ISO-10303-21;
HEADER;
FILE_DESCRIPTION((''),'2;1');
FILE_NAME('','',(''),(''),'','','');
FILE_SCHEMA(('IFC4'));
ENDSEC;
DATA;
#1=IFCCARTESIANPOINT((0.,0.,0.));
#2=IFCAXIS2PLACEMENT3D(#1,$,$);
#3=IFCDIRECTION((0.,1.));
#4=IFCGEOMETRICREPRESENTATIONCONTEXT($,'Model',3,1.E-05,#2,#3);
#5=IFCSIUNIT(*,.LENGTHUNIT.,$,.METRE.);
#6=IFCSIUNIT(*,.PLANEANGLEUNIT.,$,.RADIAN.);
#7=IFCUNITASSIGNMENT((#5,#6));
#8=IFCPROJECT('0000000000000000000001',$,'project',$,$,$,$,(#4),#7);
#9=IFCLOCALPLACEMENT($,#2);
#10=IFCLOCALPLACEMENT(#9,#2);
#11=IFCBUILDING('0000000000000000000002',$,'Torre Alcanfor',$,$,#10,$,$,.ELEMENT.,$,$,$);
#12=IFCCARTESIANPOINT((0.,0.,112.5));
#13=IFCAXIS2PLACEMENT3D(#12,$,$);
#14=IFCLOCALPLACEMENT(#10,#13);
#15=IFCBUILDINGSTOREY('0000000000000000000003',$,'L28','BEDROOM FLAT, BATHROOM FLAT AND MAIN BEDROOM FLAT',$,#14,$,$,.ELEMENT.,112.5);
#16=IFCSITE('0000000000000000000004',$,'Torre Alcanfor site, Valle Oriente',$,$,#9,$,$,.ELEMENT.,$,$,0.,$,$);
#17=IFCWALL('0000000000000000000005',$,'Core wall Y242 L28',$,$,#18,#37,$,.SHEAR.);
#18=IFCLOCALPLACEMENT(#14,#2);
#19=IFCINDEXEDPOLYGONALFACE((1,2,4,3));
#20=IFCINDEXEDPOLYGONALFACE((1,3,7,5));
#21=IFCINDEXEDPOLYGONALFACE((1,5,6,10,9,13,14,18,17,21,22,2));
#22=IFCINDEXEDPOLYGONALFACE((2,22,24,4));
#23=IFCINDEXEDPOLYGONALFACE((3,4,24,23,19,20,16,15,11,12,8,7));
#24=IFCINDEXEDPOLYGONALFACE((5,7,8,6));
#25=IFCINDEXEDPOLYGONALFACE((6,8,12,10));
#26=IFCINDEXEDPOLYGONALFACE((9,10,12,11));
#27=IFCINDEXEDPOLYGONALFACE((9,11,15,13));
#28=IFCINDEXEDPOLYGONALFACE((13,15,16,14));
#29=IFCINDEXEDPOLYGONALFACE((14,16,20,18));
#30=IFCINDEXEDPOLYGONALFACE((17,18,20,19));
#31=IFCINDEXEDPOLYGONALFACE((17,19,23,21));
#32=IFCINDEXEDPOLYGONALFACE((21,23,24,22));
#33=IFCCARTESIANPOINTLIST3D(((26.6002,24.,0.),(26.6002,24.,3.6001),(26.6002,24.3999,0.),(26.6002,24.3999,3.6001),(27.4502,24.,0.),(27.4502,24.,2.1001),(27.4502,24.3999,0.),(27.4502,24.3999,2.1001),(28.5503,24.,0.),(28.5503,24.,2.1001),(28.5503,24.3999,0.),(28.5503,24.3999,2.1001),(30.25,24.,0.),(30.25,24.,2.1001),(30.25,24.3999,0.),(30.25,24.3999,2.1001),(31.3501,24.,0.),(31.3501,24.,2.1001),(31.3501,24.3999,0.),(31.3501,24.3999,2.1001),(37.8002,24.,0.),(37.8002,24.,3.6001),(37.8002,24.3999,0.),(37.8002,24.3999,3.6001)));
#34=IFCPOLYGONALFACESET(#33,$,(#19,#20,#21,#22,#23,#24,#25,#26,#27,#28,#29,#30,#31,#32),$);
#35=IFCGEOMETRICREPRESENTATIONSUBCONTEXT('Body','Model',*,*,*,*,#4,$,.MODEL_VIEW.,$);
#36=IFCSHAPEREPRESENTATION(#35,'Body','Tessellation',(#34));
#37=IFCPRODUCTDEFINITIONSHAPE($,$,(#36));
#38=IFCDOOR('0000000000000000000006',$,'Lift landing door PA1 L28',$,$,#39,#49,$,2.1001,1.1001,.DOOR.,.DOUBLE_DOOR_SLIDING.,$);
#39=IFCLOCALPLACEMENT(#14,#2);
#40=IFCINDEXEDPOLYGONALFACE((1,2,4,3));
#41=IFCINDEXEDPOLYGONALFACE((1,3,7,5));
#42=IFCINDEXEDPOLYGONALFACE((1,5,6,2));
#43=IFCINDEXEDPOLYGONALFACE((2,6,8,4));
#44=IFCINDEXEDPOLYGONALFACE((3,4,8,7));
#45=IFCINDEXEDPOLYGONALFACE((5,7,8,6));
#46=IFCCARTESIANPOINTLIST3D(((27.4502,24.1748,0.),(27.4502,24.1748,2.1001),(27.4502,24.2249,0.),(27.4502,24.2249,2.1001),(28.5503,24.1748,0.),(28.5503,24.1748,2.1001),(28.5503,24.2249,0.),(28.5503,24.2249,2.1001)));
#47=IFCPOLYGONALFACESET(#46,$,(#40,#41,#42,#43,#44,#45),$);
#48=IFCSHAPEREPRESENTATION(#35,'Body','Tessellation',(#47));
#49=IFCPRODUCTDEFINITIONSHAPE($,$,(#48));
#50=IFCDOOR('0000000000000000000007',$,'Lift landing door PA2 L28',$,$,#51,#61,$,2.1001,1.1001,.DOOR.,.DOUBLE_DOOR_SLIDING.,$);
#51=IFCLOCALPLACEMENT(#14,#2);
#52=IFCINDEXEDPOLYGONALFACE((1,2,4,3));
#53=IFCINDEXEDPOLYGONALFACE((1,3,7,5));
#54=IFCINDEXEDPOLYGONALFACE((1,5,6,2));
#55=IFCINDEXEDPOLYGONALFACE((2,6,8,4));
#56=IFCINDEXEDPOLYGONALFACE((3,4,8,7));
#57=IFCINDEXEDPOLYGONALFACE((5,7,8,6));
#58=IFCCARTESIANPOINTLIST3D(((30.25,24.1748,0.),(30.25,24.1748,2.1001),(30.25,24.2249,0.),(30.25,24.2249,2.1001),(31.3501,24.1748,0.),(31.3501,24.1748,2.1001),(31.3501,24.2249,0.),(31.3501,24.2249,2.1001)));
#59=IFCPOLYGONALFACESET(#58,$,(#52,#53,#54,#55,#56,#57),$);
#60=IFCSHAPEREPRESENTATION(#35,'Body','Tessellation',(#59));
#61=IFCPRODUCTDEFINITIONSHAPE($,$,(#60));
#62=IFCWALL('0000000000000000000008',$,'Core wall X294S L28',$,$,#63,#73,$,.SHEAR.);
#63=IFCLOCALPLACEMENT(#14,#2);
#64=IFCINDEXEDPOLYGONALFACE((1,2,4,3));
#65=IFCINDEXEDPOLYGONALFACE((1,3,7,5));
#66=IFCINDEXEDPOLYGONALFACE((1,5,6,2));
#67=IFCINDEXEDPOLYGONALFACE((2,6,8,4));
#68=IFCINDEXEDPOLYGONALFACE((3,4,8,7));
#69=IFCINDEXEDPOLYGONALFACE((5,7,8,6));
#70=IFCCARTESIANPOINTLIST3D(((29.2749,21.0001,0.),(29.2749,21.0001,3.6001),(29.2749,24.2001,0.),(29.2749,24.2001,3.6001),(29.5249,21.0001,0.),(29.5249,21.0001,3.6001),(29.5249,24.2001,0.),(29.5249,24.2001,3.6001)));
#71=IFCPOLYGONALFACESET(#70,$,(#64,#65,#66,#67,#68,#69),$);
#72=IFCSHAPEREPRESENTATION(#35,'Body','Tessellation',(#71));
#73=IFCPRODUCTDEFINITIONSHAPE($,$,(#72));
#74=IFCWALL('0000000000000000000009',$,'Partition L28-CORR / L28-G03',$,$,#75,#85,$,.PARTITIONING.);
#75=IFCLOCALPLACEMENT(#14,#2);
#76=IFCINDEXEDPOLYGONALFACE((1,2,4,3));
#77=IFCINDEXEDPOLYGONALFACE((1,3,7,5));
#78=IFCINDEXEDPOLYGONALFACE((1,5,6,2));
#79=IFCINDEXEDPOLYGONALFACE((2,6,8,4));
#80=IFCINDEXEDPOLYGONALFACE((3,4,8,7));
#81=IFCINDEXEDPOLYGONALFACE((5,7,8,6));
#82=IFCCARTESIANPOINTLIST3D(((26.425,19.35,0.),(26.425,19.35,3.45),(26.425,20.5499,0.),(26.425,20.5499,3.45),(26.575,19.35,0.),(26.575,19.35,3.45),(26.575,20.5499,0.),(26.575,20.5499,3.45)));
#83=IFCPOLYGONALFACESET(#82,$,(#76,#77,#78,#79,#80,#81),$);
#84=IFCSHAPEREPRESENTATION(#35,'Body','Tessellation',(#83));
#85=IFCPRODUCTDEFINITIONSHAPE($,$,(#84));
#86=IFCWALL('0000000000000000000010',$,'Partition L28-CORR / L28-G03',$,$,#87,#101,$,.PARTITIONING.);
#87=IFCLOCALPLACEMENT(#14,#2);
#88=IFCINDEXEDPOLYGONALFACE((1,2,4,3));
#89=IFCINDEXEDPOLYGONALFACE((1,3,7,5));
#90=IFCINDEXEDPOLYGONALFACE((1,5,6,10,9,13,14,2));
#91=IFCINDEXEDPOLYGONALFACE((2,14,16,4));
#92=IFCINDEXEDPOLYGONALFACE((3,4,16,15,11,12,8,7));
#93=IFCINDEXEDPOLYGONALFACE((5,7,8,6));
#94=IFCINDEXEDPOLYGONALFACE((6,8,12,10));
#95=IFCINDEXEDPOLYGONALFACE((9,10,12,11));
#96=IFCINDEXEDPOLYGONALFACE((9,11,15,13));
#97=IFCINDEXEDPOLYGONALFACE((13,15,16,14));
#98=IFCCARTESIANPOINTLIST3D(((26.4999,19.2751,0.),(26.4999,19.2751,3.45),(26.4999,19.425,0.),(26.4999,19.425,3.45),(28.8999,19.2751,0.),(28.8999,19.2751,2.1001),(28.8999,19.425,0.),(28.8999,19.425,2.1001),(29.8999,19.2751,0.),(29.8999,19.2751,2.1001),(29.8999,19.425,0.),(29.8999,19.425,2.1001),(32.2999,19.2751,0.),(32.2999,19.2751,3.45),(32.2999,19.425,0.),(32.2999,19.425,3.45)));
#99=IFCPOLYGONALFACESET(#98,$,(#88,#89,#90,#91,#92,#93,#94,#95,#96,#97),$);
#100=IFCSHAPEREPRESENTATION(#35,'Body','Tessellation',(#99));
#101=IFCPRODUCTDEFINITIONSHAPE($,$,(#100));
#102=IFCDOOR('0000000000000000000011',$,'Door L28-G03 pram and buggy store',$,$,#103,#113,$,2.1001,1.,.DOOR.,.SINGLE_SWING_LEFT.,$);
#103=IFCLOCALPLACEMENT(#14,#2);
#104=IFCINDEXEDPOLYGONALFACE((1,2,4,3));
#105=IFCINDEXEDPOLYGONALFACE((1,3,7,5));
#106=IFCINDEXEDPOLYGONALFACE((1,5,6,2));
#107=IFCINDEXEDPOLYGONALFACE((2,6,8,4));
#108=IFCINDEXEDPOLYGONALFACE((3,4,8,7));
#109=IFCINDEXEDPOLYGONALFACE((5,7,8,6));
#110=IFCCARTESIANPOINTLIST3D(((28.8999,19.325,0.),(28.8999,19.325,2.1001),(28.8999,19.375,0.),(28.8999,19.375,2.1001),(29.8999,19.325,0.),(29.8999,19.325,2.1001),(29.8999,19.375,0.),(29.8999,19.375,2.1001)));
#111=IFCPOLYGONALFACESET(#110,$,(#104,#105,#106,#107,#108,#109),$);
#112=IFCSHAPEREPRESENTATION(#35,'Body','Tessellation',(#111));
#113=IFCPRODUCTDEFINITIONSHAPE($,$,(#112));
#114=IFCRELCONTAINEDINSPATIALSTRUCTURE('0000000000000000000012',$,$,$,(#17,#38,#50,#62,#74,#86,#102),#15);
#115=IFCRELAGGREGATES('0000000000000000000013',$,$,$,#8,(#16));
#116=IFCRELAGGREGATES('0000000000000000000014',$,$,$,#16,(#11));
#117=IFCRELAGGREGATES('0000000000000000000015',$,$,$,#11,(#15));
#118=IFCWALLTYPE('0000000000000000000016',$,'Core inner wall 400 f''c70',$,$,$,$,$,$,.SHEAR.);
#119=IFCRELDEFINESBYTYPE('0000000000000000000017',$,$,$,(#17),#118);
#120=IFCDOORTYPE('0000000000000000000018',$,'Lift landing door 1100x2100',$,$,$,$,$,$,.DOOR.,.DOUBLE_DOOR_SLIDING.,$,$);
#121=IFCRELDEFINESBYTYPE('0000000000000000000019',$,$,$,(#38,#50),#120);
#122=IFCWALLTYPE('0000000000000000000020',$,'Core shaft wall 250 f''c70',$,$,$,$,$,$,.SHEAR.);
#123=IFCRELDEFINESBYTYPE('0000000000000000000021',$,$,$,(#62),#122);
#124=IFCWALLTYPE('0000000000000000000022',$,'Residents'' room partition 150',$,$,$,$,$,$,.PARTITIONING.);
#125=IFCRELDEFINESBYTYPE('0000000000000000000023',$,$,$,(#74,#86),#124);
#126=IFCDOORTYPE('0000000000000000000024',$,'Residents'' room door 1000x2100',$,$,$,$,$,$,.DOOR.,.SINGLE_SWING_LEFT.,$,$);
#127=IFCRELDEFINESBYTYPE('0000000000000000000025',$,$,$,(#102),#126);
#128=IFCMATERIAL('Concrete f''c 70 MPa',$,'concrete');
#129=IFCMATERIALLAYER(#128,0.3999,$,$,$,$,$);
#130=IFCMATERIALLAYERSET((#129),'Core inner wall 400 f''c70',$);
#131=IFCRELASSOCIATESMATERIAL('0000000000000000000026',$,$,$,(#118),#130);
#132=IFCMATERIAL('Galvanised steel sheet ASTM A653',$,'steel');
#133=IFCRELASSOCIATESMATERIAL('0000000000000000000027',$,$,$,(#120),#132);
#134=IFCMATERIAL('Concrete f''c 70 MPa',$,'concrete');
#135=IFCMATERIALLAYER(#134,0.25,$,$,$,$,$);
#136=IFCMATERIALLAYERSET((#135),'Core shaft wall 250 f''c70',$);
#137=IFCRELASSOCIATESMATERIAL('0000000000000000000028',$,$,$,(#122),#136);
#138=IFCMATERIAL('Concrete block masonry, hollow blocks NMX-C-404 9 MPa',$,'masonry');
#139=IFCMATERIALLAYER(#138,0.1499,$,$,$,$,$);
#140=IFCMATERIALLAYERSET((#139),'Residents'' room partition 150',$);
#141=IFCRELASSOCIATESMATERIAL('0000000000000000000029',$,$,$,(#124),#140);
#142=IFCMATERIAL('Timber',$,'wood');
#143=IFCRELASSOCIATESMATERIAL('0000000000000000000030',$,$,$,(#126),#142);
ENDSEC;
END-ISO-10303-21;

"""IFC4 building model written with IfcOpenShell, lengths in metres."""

from ifc_helpers import new_model, si_unit, direction, frame, frame_2d, origin, place, context, subcontext, project, spatial, rectangle, extrude, material, layer, layer_set, type_object, element, fill, save


model = new_model("IFC4")

# Units and contexts
model_context = context("Model", 3, precision=1e-05, world=origin(), true_north=direction((0.0, 1.0)))
body_context = subcontext(model_context, "Body", "Model", "MODEL_VIEW")
ifc_project = project(units=[si_unit("LENGTHUNIT", "METRE"), si_unit("PLANEANGLEUNIT", "RADIAN")], contexts=[model_context])

# Site, building, storey
site_placement = place(None, origin())
site = spatial("IfcSite", under=ifc_project, at=site_placement, Name="Torre Alcanfor site, Valle Oriente", CompositionType="ELEMENT", RefElevation=0.0)
building_placement = place(site_placement, origin())
building = spatial("IfcBuilding", under=site, at=building_placement, Name="Torre Alcanfor", CompositionType="ELEMENT")
storey_placement = place(building_placement, frame((0.0, 0.0, 112.5)))
storey = spatial("IfcBuildingStorey", under=building, at=storey_placement, Name="L28", Description="BEDROOM FLAT, BATHROOM FLAT AND MAIN BEDROOM FLAT", CompositionType="ELEMENT", Elevation=112.5)

# Shared definitions
ifc_material_1 = material(Name="Concrete f'c 70 MPa", Category="concrete")
ifc_layer_1 = layer(ifc_material_1, 0.3999)
ifc_layer_set_1 = layer_set([ifc_layer_1], Name="Core inner wall 400 f'c70")
wall_type_1 = type_object("IfcWallType", Name="Core inner wall 400 f'c70", PredefinedType="SHEAR", material=ifc_layer_set_1)

# Wall, openings, doors
wall_1_placement = place(storey_placement, frame((26.6001, 24.2, 0.0), z_axis=(0.0, 0.0, 1.0), x_axis=(1.0, 0.0, 0.0)))
wall_1 = element("IfcWall", 1, at=wall_1_placement, inside=storey, type_object=wall_type_1, Name="Core wall Y242 L28", PredefinedType="SHEAR", context=body_context, shape_type="SweptSolid", body=[
    extrude(rectangle(XDim=11.2, YDim=0.3999, at=frame_2d((5.6001, 0.0))), origin(), (0.0, 0.0, 1.0), 3.6001),
])
opening_1_placement = place(wall_1_placement, frame((0.8501, 0.0, 0.0)))
opening_1 = element("IfcOpeningElement", 2, at=opening_1_placement, cuts=wall_1, PredefinedType="OPENING", context=body_context, shape_type="SweptSolid", body=[
    extrude(rectangle(XDim=1.1001, YDim=2.1001, at=frame_2d((0.55, 1.05))), frame((0.0, 0.21, 0.0), z_axis=(0.0, -1.0, 0.0), x_axis=(1.0, 0.0, 0.0)), (0.0, 0.0, 1.0), 0.4199),
])
opening_2_placement = place(wall_1_placement, frame((3.6499, 0.0, 0.0)))
opening_2 = element("IfcOpeningElement", 3, at=opening_2_placement, cuts=wall_1, PredefinedType="OPENING", context=body_context, shape_type="SweptSolid", body=[
    extrude(rectangle(XDim=1.1001, YDim=2.1001, at=frame_2d((0.55, 1.05))), frame((0.0, 0.21, 0.0), z_axis=(0.0, -1.0, 0.0), x_axis=(1.0, 0.0, 0.0)), (0.0, 0.0, 1.0), 0.4199),
])
ifc_material_2 = material(Name="Galvanised steel sheet ASTM A653", Category="steel")
door_type_1 = type_object("IfcDoorType", Name="Lift landing door 1100x2100", OperationType="DOUBLE_DOOR_SLIDING", PredefinedType="DOOR", material=ifc_material_2)
door_1_placement = place(opening_1_placement, origin())
door_1 = element("IfcDoor", 4, at=door_1_placement, inside=storey, type_object=door_type_1, Name="Lift landing door PA1 L28", OperationType="DOUBLE_DOOR_SLIDING", OverallHeight=2.1001, OverallWidth=1.1001, PredefinedType="DOOR", context=body_context, shape_type="SweptSolid", body=[
    extrude(rectangle(XDim=1.1001, YDim=2.1001, at=frame_2d((0.55, 1.05))), frame((0.0, 0.0249, 0.0), z_axis=(0.0, -1.0, 0.0), x_axis=(1.0, 0.0, 0.0)), (0.0, 0.0, 1.0), 0.05),
])
fill(opening_1, door_1)
door_2_placement = place(opening_2_placement, origin())
door_2 = element("IfcDoor", 5, at=door_2_placement, inside=storey, type_object=door_type_1, Name="Lift landing door PA2 L28", OperationType="DOUBLE_DOOR_SLIDING", OverallHeight=2.1001, OverallWidth=1.1001, PredefinedType="DOOR", context=body_context, shape_type="SweptSolid", body=[
    extrude(rectangle(XDim=1.1001, YDim=2.1001, at=frame_2d((0.55, 1.05))), frame((0.0, 0.0249, 0.0), z_axis=(0.0, -1.0, 0.0), x_axis=(1.0, 0.0, 0.0)), (0.0, 0.0, 1.0), 0.05),
])
fill(opening_2, door_2)

# Walls
ifc_material_3 = material(Name="Concrete f'c 70 MPa", Category="concrete")
ifc_layer_2 = layer(ifc_material_3, 0.25)
ifc_layer_set_2 = layer_set([ifc_layer_2], Name="Core shaft wall 250 f'c70")
wall_type_2 = type_object("IfcWallType", Name="Core shaft wall 250 f'c70", PredefinedType="SHEAR", material=ifc_layer_set_2)
wall_2_placement = place(storey_placement, frame((29.3999, 21.0, 0.0), z_axis=(0.0, 0.0, 1.0), x_axis=(0.0, 1.0, 0.0)))
element("IfcWall", 6, at=wall_2_placement, inside=storey, type_object=wall_type_2, Name="Core wall X294S L28", PredefinedType="SHEAR", context=body_context, shape_type="SweptSolid", body=[
    extrude(rectangle(XDim=3.2, YDim=0.25, at=frame_2d((1.6001, 0.0))), origin(), (0.0, 0.0, 1.0), 3.6001),
])
ifc_material_4 = material(Name="Concrete block masonry, hollow blocks NMX-C-404 9 MPa", Category="masonry")
ifc_layer_3 = layer(ifc_material_4, 0.1499)
ifc_layer_set_3 = layer_set([ifc_layer_3], Name="Residents' room partition 150")
wall_type_3 = type_object("IfcWallType", Name="Residents' room partition 150", PredefinedType="PARTITIONING", material=ifc_layer_set_3)
wall_3_placement = place(storey_placement, frame((26.5, 20.55, 0.0), z_axis=(0.0, 0.0, 1.0), x_axis=(0.0, -1.0, 0.0)))
element("IfcWall", 7, at=wall_3_placement, inside=storey, type_object=wall_type_3, Name="Partition L28-CORR / L28-G03", PredefinedType="PARTITIONING", context=body_context, shape_type="SweptSolid", body=[
    extrude(rectangle(XDim=1.2, YDim=0.1499, at=frame_2d((0.6001, 0.0))), origin(), (0.0, 0.0, 1.0), 3.45),
])

# Wall, opening, door
wall_4_placement = place(storey_placement, frame((26.5, 19.3501, 0.0), z_axis=(0.0, 0.0, 1.0), x_axis=(1.0, 0.0, 0.0)))
wall_4 = element("IfcWall", 8, at=wall_4_placement, inside=storey, type_object=wall_type_3, Name="Partition L28-CORR / L28-G03", PredefinedType="PARTITIONING", context=body_context, shape_type="SweptSolid", body=[
    extrude(rectangle(XDim=5.8, YDim=0.1499, at=frame_2d((2.8999, 0.0))), origin(), (0.0, 0.0, 1.0), 3.45),
])
opening_3_placement = place(wall_4_placement, frame((2.3999, 0.0, 0.0)))
opening_3 = element("IfcOpeningElement", 9, at=opening_3_placement, cuts=wall_4, PredefinedType="OPENING", context=body_context, shape_type="SweptSolid", body=[
    extrude(rectangle(XDim=1.0, YDim=2.1001, at=frame_2d((0.5, 1.05))), frame((0.0, 0.085, 0.0), z_axis=(0.0, -1.0, 0.0), x_axis=(1.0, 0.0, 0.0)), (0.0, 0.0, 1.0), 0.1699),
])
ifc_material_5 = material(Name="Timber", Category="wood")
door_type_2 = type_object("IfcDoorType", Name="Residents' room door 1000x2100", OperationType="SINGLE_SWING_LEFT", PredefinedType="DOOR", material=ifc_material_5)
door_3_placement = place(opening_3_placement, origin())
door_3 = element("IfcDoor", 10, at=door_3_placement, inside=storey, type_object=door_type_2, Name="Door L28-G03 pram and buggy store", OperationType="SINGLE_SWING_LEFT", OverallHeight=2.1001, OverallWidth=1.0, PredefinedType="DOOR", context=body_context, shape_type="SweptSolid", body=[
    extrude(rectangle(XDim=1.0, YDim=2.1001, at=frame_2d((0.5, 1.05))), frame((0.0, 0.0249, 0.0), z_axis=(0.0, -1.0, 0.0), x_axis=(1.0, 0.0, 0.0)), (0.0, 0.0, 1.0), 0.05),
])
fill(opening_3, door_3)

save(model, "model.ifc")
